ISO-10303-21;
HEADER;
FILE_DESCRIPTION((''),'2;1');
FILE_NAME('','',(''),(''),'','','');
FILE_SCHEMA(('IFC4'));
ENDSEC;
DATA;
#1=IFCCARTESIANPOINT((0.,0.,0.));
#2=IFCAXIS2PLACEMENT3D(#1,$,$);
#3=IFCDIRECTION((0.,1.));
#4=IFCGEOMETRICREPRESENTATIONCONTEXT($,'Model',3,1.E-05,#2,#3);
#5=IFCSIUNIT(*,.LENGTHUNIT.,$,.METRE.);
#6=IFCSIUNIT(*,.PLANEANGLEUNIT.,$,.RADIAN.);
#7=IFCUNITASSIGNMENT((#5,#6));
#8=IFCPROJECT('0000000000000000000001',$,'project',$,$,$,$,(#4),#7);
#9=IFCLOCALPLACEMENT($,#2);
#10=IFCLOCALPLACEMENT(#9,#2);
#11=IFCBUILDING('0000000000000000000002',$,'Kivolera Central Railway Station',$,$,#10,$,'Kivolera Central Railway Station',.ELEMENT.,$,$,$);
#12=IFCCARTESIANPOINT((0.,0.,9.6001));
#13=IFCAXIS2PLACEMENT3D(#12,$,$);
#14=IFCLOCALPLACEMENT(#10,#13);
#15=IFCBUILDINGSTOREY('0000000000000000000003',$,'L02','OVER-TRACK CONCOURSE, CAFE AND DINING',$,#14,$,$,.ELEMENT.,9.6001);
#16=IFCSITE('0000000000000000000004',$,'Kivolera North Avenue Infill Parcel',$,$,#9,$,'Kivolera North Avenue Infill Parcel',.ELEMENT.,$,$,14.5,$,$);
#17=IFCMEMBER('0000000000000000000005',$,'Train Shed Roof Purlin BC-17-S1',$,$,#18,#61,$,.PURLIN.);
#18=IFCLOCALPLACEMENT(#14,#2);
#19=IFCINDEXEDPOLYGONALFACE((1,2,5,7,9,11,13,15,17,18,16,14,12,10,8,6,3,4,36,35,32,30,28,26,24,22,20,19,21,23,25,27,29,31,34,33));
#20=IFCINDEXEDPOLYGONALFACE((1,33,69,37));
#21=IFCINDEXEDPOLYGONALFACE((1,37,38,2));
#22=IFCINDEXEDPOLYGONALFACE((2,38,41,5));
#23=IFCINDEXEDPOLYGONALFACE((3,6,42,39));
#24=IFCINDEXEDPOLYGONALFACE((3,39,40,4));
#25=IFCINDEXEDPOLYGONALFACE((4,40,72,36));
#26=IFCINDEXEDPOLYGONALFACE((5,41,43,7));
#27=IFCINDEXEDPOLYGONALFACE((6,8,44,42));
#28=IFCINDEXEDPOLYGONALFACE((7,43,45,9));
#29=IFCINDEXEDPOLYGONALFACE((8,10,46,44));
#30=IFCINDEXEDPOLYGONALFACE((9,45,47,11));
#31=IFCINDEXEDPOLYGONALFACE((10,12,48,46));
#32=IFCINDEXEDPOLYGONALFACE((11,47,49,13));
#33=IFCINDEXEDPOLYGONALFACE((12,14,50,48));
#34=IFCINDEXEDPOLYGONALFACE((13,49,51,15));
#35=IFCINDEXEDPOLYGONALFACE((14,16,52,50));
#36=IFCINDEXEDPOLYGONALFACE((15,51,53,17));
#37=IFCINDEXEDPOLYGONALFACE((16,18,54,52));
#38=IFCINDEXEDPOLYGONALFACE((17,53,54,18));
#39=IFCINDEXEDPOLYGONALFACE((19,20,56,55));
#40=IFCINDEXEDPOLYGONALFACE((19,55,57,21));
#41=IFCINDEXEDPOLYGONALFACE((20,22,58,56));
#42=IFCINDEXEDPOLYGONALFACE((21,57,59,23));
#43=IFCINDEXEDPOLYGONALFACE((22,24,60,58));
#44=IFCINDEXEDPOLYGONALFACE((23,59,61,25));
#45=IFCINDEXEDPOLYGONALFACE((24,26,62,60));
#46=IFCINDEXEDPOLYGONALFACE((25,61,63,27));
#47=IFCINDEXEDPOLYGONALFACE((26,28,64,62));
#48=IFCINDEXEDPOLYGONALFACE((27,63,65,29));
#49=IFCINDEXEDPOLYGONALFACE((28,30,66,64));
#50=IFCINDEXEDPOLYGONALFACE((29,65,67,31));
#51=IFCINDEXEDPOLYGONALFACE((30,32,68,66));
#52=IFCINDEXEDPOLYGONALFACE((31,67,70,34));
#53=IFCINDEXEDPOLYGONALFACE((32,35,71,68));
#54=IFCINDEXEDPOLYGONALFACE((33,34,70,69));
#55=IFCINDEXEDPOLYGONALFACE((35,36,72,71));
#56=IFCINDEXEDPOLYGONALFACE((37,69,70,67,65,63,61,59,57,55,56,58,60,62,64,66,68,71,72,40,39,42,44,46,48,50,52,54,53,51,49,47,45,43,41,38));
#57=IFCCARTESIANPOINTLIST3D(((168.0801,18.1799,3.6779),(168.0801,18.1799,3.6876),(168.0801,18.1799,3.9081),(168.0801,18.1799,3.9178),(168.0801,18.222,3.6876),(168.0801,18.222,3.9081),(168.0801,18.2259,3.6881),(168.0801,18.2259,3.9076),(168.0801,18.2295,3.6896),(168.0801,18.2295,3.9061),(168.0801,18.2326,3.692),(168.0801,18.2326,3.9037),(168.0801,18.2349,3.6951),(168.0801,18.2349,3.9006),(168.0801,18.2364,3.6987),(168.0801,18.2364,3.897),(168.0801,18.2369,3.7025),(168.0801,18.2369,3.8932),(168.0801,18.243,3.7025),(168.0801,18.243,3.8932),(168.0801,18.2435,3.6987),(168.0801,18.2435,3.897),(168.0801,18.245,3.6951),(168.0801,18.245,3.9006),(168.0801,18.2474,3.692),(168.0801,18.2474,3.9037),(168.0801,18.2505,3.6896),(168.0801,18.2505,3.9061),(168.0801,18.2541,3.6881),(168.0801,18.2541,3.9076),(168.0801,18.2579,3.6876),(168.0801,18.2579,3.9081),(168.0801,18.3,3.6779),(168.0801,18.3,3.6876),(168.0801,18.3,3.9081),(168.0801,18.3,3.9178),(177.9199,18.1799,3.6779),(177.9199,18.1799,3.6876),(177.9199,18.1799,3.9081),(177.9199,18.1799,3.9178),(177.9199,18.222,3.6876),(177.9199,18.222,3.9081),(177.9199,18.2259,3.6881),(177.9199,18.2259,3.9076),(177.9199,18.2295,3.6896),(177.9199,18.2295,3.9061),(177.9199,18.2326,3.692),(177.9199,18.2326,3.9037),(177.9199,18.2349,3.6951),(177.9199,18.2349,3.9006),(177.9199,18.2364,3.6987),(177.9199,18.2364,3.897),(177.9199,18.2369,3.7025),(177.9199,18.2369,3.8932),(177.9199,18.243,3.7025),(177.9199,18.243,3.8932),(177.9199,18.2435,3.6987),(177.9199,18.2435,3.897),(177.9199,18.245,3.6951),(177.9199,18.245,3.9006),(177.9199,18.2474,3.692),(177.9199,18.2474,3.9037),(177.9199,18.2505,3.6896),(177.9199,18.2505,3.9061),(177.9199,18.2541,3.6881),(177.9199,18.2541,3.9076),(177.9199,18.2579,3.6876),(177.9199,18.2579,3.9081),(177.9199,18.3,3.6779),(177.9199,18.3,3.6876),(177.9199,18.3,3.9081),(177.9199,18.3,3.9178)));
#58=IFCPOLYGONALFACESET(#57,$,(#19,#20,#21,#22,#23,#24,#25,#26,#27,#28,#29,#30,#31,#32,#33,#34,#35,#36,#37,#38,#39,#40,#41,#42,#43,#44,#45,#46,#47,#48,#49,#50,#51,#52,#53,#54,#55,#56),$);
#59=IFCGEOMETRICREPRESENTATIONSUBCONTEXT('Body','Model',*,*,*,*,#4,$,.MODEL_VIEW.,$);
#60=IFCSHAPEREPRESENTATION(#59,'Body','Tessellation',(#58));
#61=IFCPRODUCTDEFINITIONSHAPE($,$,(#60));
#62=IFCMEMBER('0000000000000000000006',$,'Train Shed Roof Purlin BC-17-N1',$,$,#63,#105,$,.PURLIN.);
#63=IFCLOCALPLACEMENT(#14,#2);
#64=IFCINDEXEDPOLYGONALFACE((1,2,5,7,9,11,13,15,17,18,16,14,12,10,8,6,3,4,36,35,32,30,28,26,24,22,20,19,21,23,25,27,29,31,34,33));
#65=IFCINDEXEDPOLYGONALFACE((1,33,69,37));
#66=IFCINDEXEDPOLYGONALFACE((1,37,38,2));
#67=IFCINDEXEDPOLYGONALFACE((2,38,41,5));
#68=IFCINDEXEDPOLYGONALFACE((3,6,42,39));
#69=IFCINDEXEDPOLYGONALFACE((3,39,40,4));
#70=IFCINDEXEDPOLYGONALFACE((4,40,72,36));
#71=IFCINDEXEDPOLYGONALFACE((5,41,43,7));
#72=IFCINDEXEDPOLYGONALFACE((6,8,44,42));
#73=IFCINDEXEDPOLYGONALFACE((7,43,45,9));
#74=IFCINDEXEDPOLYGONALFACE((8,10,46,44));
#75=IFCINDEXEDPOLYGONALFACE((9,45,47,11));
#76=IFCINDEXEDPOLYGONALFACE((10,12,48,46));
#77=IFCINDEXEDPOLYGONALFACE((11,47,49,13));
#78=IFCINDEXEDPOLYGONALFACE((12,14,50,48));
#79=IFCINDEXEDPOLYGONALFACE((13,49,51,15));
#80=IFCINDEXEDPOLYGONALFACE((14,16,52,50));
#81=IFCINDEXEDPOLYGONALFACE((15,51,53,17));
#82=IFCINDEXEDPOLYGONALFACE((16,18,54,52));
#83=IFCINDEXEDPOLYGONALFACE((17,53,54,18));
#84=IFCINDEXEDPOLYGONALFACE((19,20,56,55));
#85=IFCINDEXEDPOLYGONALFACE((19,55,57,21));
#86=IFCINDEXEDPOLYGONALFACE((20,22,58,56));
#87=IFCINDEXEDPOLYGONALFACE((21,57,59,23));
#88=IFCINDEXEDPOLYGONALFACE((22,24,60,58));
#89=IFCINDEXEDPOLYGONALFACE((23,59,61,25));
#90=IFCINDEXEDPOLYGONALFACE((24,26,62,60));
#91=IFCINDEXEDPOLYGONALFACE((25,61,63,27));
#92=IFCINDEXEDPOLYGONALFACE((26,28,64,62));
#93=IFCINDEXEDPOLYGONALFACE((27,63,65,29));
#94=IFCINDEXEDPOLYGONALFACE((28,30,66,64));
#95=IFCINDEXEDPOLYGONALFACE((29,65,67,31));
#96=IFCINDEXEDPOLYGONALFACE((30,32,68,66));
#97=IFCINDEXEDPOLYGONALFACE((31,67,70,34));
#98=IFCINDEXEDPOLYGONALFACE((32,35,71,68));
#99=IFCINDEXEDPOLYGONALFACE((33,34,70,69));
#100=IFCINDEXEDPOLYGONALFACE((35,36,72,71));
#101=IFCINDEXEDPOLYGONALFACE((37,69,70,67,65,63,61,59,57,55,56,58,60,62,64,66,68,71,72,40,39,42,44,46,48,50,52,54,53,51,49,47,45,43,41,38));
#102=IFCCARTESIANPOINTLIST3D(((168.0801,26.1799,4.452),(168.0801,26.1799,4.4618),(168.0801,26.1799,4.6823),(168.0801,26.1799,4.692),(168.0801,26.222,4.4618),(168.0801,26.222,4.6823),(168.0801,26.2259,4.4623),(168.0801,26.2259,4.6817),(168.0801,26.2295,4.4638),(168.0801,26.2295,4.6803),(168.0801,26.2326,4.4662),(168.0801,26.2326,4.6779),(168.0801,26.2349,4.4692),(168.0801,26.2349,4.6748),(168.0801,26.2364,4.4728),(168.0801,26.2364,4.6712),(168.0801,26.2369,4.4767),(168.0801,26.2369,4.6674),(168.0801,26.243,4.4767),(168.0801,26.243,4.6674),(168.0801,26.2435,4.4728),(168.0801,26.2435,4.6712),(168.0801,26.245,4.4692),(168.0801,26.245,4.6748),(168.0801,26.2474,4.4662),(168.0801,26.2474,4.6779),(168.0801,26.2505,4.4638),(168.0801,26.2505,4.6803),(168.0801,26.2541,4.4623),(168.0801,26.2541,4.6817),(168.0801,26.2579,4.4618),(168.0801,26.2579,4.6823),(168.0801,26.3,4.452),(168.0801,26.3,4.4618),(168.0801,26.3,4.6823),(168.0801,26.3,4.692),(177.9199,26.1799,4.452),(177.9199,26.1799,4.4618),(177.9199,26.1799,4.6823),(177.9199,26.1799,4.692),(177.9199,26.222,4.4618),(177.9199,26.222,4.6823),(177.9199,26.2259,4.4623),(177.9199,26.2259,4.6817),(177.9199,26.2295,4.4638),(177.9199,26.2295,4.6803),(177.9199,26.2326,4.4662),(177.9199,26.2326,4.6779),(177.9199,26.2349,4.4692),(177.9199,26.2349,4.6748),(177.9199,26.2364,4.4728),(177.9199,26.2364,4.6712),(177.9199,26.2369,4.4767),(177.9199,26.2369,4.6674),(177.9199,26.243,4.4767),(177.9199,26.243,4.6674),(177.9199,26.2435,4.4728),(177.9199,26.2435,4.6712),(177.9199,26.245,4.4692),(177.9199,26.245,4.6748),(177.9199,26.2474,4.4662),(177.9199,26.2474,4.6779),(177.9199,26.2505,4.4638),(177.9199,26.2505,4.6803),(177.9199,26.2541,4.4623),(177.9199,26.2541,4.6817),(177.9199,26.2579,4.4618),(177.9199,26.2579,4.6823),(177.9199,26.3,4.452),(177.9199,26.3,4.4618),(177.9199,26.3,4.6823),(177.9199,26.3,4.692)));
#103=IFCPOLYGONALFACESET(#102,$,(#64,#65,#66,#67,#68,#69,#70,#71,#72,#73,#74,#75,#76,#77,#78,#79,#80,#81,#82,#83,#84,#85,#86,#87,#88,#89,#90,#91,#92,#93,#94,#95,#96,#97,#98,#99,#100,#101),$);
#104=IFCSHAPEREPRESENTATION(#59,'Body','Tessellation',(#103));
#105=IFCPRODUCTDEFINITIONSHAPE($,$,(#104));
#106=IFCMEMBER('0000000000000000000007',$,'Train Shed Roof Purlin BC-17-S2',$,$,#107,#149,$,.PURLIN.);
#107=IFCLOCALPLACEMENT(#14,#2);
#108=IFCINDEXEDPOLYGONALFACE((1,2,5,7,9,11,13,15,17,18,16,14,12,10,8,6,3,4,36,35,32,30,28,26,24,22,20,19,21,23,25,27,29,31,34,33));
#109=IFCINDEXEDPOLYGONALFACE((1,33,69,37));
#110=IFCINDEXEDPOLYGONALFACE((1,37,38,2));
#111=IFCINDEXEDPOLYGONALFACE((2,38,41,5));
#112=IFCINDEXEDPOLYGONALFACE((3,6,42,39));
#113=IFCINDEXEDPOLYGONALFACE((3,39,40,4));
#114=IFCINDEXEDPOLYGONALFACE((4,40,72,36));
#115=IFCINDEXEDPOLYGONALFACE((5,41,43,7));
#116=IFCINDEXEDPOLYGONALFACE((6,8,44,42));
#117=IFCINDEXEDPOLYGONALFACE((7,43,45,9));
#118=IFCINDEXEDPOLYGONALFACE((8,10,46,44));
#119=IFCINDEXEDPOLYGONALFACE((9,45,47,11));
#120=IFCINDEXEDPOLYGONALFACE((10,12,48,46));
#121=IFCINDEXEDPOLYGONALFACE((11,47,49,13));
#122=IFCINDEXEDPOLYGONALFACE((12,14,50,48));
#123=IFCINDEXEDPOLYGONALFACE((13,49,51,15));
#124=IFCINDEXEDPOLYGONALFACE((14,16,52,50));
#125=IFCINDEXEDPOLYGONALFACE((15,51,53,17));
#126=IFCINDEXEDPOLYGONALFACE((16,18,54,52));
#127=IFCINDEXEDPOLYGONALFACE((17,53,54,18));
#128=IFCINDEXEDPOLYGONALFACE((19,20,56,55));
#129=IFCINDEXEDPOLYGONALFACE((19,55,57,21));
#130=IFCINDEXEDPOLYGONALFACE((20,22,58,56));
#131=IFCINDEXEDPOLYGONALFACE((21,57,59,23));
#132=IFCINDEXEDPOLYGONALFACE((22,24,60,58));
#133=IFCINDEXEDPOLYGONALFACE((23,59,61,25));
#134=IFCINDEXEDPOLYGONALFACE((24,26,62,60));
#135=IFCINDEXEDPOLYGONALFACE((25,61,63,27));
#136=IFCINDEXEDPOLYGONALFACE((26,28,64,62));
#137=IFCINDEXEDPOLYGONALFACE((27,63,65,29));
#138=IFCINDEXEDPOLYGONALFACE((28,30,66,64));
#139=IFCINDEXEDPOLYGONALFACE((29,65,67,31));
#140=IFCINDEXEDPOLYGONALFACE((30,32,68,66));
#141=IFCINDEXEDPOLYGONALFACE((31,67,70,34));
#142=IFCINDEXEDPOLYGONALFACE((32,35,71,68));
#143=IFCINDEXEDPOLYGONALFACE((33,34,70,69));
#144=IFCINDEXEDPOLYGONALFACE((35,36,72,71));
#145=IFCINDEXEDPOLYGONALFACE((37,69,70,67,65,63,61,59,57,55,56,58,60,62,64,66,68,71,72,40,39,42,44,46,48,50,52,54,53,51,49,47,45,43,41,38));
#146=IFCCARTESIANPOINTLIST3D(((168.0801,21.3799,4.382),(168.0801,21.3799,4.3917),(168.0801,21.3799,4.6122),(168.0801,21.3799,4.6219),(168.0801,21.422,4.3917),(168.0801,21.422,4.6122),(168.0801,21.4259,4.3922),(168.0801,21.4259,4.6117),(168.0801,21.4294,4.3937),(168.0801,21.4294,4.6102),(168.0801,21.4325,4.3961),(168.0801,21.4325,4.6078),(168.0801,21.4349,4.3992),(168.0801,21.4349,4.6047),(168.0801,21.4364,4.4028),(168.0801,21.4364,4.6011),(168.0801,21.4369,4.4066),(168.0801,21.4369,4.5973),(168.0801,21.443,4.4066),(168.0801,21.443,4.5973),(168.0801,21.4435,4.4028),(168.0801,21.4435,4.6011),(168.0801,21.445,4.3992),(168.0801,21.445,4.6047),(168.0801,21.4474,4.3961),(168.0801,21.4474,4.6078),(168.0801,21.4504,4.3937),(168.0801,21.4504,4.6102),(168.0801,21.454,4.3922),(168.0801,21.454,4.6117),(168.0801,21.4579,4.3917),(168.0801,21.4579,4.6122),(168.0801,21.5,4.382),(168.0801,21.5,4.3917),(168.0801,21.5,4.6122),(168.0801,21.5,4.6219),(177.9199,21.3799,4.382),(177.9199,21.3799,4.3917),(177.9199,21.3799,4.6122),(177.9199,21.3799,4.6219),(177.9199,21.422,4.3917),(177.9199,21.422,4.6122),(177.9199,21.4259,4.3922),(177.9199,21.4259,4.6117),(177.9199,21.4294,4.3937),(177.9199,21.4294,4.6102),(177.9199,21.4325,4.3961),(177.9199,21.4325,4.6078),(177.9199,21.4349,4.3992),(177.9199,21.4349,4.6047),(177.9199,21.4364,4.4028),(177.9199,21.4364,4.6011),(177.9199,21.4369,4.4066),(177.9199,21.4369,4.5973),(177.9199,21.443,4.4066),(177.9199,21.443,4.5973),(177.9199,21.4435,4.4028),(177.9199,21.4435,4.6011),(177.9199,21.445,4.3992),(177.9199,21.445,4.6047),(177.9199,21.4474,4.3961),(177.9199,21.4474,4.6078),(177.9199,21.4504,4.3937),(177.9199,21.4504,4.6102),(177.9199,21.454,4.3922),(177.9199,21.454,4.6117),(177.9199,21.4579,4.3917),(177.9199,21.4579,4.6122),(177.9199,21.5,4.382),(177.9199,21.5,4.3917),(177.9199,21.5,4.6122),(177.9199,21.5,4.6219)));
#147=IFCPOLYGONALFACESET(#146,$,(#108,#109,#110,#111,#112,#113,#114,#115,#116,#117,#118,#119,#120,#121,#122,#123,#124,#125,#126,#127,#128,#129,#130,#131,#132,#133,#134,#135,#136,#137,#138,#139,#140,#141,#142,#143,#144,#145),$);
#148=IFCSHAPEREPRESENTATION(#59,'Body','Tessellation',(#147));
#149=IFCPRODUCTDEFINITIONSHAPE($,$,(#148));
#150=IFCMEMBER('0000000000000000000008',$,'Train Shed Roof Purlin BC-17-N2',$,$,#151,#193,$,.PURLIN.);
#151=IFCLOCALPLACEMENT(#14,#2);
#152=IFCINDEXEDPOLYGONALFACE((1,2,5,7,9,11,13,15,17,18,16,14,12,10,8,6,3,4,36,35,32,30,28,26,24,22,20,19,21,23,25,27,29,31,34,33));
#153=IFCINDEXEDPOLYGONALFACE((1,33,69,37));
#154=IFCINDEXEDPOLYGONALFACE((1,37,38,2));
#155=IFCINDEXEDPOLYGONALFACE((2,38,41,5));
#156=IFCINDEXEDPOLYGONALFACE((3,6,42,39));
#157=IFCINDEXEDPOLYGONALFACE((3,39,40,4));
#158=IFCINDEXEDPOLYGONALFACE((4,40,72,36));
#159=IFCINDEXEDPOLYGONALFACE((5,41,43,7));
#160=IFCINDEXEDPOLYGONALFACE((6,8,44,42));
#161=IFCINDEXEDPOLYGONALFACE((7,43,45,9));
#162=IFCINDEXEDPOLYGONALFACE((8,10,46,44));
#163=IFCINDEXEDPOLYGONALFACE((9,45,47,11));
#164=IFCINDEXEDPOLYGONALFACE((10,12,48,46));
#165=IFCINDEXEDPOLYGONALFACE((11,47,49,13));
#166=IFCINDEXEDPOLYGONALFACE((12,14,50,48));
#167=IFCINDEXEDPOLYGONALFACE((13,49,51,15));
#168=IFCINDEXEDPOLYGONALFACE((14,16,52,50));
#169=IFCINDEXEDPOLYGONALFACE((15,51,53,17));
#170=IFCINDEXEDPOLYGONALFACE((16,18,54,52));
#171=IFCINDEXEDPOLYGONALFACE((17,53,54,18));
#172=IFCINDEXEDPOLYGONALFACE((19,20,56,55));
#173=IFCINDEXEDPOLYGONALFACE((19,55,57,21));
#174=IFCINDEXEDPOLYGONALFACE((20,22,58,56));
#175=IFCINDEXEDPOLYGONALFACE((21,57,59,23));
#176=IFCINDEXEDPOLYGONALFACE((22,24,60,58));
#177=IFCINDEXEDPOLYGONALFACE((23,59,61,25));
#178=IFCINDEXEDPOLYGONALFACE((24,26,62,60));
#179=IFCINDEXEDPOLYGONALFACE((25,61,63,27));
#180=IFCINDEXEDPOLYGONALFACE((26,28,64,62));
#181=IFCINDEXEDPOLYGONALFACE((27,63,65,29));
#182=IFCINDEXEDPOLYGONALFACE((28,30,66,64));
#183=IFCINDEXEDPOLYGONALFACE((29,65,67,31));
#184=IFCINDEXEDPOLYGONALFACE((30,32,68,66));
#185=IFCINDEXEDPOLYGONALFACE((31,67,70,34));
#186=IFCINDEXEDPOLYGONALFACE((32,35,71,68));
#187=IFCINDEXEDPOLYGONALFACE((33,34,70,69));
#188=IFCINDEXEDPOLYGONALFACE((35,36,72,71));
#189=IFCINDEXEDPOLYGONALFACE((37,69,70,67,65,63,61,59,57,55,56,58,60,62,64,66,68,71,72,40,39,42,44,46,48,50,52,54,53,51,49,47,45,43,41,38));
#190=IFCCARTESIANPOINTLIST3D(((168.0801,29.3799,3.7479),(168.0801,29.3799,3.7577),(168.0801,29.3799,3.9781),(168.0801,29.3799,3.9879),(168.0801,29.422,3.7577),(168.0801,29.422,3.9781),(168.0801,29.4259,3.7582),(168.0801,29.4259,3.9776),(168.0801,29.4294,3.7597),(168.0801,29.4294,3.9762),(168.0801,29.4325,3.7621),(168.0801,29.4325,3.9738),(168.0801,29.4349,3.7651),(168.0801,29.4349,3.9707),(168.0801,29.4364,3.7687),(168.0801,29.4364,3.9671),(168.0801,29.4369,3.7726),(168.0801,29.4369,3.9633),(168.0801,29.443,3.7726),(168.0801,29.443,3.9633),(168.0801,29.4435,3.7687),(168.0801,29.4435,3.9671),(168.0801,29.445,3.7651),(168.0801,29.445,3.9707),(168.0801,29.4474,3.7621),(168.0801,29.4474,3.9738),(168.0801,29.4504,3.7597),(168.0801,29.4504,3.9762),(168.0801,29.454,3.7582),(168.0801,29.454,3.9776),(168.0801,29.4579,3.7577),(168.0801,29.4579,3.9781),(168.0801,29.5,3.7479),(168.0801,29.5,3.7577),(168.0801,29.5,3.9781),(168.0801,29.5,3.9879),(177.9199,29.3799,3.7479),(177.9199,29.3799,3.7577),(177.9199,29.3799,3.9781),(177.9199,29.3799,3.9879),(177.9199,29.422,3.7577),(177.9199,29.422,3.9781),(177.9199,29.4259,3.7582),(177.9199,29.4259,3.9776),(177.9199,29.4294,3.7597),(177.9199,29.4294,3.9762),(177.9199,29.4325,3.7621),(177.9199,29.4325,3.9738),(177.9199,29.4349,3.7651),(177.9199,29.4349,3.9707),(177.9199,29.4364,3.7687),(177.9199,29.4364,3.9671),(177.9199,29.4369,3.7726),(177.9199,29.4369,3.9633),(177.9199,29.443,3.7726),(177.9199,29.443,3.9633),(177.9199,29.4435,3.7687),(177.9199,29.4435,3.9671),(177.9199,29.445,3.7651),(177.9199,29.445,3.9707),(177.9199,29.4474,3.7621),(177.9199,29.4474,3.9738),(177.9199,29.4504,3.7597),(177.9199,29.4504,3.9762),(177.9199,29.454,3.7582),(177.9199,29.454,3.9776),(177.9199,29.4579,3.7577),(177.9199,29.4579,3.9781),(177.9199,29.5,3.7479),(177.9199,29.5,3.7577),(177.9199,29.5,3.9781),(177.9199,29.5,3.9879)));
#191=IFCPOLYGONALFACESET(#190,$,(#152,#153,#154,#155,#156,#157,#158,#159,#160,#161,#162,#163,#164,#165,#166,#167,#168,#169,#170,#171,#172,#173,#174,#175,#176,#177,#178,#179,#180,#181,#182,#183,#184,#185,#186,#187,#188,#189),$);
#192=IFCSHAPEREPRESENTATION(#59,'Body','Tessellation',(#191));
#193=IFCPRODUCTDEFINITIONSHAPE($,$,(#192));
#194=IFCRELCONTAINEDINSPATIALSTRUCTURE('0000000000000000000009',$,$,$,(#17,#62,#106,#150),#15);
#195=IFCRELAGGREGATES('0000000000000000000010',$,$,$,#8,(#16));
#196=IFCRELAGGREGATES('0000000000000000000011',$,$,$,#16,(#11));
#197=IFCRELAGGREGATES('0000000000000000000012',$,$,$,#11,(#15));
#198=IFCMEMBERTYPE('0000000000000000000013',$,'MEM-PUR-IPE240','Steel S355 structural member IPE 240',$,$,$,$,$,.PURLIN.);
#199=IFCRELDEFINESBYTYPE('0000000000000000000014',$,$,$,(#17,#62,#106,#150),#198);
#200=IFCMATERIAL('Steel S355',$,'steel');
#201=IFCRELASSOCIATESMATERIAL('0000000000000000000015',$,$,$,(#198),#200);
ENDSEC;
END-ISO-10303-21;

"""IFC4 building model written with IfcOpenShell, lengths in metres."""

from ifc_helpers import new_model, si_unit, direction, frame, origin, origin_2d, place, context, subcontext, project, spatial, i_section, extrude, material, material_profile, profile_set, type_object, element, save


model = new_model("IFC4")

# Units and contexts
model_context = context("Model", 3, precision=1e-05, world=origin(), true_north=direction((0.0, 1.0)))
body_context = subcontext(model_context, "Body", "Model", "MODEL_VIEW")
ifc_project = project(units=[si_unit("LENGTHUNIT", "METRE"), si_unit("PLANEANGLEUNIT", "RADIAN")], contexts=[model_context])

# Site, building, storey
site_placement = place(None, origin())
site = spatial("IfcSite", under=ifc_project, at=site_placement, Name="Kivolera North Avenue Infill Parcel", LongName="Kivolera North Avenue Infill Parcel", CompositionType="ELEMENT", RefElevation=14.5)
building_placement = place(site_placement, origin())
building = spatial("IfcBuilding", under=site, at=building_placement, Name="Kivolera Central Railway Station", LongName="Kivolera Central Railway Station", CompositionType="ELEMENT")
storey_placement = place(building_placement, frame((0.0, 0.0, 9.6001)))
storey = spatial("IfcBuildingStorey", under=building, at=storey_placement, Name="L02", Description="OVER-TRACK CONCOURSE, CAFE AND DINING", CompositionType="ELEMENT", Elevation=9.6001)

# Shared definitions
ifc_material_1 = material(Name="Steel S355", Category="steel")

# Members
ifc_material_profile_1 = material_profile(ifc_material_1, i_section(OverallWidth=0.1201, OverallDepth=0.24, WebThickness=0.0061, FlangeThickness=0.0098, FilletRadius=0.0149, at=origin_2d()), Name="IPE 240")
ifc_profile_set_1 = profile_set([ifc_material_profile_1], Name="Steel S355")
member_type_1 = type_object("IfcMemberType", Name="MEM-PUR-IPE240", Description="Steel S355 structural member IPE 240", PredefinedType="PURLIN", material=ifc_profile_set_1)
for number, where, z_axis, x_axis, name in (
    (1, (168.0801, 18.24, 3.7979), (1.0, 0.0, 0.0), (0.0, 1.0, 0.0), "Train Shed Roof Purlin BC-17-S1"),
    (2, (168.0801, 26.24, 4.572), (1.0, 0.0, 0.0), (0.0, 1.0, 0.0), "Train Shed Roof Purlin BC-17-N1"),
    (3, (168.0801, 21.4399, 4.502), (1.0, 0.0, 0.0), (0.0, 1.0, 0.0), "Train Shed Roof Purlin BC-17-S2"),
    (4, (168.0801, 29.4399, 3.8679), (1.0, 0.0, 0.0), (0.0, 1.0, 0.0), "Train Shed Roof Purlin BC-17-N2"),
):
    element("IfcMember", number, at=place(storey_placement, frame(where, z_axis=z_axis, x_axis=x_axis)), inside=storey, type_object=member_type_1, Name=name, PredefinedType="PURLIN", context=body_context, shape_type="SweptSolid", body=[
        extrude(i_section(OverallWidth=0.1201, OverallDepth=0.24, WebThickness=0.0061, FlangeThickness=0.0098, FilletRadius=0.0149, at=origin_2d()), origin(), (0.0, 0.0, 1.0), 9.8398),
    ])

save(model, "model.ifc")
